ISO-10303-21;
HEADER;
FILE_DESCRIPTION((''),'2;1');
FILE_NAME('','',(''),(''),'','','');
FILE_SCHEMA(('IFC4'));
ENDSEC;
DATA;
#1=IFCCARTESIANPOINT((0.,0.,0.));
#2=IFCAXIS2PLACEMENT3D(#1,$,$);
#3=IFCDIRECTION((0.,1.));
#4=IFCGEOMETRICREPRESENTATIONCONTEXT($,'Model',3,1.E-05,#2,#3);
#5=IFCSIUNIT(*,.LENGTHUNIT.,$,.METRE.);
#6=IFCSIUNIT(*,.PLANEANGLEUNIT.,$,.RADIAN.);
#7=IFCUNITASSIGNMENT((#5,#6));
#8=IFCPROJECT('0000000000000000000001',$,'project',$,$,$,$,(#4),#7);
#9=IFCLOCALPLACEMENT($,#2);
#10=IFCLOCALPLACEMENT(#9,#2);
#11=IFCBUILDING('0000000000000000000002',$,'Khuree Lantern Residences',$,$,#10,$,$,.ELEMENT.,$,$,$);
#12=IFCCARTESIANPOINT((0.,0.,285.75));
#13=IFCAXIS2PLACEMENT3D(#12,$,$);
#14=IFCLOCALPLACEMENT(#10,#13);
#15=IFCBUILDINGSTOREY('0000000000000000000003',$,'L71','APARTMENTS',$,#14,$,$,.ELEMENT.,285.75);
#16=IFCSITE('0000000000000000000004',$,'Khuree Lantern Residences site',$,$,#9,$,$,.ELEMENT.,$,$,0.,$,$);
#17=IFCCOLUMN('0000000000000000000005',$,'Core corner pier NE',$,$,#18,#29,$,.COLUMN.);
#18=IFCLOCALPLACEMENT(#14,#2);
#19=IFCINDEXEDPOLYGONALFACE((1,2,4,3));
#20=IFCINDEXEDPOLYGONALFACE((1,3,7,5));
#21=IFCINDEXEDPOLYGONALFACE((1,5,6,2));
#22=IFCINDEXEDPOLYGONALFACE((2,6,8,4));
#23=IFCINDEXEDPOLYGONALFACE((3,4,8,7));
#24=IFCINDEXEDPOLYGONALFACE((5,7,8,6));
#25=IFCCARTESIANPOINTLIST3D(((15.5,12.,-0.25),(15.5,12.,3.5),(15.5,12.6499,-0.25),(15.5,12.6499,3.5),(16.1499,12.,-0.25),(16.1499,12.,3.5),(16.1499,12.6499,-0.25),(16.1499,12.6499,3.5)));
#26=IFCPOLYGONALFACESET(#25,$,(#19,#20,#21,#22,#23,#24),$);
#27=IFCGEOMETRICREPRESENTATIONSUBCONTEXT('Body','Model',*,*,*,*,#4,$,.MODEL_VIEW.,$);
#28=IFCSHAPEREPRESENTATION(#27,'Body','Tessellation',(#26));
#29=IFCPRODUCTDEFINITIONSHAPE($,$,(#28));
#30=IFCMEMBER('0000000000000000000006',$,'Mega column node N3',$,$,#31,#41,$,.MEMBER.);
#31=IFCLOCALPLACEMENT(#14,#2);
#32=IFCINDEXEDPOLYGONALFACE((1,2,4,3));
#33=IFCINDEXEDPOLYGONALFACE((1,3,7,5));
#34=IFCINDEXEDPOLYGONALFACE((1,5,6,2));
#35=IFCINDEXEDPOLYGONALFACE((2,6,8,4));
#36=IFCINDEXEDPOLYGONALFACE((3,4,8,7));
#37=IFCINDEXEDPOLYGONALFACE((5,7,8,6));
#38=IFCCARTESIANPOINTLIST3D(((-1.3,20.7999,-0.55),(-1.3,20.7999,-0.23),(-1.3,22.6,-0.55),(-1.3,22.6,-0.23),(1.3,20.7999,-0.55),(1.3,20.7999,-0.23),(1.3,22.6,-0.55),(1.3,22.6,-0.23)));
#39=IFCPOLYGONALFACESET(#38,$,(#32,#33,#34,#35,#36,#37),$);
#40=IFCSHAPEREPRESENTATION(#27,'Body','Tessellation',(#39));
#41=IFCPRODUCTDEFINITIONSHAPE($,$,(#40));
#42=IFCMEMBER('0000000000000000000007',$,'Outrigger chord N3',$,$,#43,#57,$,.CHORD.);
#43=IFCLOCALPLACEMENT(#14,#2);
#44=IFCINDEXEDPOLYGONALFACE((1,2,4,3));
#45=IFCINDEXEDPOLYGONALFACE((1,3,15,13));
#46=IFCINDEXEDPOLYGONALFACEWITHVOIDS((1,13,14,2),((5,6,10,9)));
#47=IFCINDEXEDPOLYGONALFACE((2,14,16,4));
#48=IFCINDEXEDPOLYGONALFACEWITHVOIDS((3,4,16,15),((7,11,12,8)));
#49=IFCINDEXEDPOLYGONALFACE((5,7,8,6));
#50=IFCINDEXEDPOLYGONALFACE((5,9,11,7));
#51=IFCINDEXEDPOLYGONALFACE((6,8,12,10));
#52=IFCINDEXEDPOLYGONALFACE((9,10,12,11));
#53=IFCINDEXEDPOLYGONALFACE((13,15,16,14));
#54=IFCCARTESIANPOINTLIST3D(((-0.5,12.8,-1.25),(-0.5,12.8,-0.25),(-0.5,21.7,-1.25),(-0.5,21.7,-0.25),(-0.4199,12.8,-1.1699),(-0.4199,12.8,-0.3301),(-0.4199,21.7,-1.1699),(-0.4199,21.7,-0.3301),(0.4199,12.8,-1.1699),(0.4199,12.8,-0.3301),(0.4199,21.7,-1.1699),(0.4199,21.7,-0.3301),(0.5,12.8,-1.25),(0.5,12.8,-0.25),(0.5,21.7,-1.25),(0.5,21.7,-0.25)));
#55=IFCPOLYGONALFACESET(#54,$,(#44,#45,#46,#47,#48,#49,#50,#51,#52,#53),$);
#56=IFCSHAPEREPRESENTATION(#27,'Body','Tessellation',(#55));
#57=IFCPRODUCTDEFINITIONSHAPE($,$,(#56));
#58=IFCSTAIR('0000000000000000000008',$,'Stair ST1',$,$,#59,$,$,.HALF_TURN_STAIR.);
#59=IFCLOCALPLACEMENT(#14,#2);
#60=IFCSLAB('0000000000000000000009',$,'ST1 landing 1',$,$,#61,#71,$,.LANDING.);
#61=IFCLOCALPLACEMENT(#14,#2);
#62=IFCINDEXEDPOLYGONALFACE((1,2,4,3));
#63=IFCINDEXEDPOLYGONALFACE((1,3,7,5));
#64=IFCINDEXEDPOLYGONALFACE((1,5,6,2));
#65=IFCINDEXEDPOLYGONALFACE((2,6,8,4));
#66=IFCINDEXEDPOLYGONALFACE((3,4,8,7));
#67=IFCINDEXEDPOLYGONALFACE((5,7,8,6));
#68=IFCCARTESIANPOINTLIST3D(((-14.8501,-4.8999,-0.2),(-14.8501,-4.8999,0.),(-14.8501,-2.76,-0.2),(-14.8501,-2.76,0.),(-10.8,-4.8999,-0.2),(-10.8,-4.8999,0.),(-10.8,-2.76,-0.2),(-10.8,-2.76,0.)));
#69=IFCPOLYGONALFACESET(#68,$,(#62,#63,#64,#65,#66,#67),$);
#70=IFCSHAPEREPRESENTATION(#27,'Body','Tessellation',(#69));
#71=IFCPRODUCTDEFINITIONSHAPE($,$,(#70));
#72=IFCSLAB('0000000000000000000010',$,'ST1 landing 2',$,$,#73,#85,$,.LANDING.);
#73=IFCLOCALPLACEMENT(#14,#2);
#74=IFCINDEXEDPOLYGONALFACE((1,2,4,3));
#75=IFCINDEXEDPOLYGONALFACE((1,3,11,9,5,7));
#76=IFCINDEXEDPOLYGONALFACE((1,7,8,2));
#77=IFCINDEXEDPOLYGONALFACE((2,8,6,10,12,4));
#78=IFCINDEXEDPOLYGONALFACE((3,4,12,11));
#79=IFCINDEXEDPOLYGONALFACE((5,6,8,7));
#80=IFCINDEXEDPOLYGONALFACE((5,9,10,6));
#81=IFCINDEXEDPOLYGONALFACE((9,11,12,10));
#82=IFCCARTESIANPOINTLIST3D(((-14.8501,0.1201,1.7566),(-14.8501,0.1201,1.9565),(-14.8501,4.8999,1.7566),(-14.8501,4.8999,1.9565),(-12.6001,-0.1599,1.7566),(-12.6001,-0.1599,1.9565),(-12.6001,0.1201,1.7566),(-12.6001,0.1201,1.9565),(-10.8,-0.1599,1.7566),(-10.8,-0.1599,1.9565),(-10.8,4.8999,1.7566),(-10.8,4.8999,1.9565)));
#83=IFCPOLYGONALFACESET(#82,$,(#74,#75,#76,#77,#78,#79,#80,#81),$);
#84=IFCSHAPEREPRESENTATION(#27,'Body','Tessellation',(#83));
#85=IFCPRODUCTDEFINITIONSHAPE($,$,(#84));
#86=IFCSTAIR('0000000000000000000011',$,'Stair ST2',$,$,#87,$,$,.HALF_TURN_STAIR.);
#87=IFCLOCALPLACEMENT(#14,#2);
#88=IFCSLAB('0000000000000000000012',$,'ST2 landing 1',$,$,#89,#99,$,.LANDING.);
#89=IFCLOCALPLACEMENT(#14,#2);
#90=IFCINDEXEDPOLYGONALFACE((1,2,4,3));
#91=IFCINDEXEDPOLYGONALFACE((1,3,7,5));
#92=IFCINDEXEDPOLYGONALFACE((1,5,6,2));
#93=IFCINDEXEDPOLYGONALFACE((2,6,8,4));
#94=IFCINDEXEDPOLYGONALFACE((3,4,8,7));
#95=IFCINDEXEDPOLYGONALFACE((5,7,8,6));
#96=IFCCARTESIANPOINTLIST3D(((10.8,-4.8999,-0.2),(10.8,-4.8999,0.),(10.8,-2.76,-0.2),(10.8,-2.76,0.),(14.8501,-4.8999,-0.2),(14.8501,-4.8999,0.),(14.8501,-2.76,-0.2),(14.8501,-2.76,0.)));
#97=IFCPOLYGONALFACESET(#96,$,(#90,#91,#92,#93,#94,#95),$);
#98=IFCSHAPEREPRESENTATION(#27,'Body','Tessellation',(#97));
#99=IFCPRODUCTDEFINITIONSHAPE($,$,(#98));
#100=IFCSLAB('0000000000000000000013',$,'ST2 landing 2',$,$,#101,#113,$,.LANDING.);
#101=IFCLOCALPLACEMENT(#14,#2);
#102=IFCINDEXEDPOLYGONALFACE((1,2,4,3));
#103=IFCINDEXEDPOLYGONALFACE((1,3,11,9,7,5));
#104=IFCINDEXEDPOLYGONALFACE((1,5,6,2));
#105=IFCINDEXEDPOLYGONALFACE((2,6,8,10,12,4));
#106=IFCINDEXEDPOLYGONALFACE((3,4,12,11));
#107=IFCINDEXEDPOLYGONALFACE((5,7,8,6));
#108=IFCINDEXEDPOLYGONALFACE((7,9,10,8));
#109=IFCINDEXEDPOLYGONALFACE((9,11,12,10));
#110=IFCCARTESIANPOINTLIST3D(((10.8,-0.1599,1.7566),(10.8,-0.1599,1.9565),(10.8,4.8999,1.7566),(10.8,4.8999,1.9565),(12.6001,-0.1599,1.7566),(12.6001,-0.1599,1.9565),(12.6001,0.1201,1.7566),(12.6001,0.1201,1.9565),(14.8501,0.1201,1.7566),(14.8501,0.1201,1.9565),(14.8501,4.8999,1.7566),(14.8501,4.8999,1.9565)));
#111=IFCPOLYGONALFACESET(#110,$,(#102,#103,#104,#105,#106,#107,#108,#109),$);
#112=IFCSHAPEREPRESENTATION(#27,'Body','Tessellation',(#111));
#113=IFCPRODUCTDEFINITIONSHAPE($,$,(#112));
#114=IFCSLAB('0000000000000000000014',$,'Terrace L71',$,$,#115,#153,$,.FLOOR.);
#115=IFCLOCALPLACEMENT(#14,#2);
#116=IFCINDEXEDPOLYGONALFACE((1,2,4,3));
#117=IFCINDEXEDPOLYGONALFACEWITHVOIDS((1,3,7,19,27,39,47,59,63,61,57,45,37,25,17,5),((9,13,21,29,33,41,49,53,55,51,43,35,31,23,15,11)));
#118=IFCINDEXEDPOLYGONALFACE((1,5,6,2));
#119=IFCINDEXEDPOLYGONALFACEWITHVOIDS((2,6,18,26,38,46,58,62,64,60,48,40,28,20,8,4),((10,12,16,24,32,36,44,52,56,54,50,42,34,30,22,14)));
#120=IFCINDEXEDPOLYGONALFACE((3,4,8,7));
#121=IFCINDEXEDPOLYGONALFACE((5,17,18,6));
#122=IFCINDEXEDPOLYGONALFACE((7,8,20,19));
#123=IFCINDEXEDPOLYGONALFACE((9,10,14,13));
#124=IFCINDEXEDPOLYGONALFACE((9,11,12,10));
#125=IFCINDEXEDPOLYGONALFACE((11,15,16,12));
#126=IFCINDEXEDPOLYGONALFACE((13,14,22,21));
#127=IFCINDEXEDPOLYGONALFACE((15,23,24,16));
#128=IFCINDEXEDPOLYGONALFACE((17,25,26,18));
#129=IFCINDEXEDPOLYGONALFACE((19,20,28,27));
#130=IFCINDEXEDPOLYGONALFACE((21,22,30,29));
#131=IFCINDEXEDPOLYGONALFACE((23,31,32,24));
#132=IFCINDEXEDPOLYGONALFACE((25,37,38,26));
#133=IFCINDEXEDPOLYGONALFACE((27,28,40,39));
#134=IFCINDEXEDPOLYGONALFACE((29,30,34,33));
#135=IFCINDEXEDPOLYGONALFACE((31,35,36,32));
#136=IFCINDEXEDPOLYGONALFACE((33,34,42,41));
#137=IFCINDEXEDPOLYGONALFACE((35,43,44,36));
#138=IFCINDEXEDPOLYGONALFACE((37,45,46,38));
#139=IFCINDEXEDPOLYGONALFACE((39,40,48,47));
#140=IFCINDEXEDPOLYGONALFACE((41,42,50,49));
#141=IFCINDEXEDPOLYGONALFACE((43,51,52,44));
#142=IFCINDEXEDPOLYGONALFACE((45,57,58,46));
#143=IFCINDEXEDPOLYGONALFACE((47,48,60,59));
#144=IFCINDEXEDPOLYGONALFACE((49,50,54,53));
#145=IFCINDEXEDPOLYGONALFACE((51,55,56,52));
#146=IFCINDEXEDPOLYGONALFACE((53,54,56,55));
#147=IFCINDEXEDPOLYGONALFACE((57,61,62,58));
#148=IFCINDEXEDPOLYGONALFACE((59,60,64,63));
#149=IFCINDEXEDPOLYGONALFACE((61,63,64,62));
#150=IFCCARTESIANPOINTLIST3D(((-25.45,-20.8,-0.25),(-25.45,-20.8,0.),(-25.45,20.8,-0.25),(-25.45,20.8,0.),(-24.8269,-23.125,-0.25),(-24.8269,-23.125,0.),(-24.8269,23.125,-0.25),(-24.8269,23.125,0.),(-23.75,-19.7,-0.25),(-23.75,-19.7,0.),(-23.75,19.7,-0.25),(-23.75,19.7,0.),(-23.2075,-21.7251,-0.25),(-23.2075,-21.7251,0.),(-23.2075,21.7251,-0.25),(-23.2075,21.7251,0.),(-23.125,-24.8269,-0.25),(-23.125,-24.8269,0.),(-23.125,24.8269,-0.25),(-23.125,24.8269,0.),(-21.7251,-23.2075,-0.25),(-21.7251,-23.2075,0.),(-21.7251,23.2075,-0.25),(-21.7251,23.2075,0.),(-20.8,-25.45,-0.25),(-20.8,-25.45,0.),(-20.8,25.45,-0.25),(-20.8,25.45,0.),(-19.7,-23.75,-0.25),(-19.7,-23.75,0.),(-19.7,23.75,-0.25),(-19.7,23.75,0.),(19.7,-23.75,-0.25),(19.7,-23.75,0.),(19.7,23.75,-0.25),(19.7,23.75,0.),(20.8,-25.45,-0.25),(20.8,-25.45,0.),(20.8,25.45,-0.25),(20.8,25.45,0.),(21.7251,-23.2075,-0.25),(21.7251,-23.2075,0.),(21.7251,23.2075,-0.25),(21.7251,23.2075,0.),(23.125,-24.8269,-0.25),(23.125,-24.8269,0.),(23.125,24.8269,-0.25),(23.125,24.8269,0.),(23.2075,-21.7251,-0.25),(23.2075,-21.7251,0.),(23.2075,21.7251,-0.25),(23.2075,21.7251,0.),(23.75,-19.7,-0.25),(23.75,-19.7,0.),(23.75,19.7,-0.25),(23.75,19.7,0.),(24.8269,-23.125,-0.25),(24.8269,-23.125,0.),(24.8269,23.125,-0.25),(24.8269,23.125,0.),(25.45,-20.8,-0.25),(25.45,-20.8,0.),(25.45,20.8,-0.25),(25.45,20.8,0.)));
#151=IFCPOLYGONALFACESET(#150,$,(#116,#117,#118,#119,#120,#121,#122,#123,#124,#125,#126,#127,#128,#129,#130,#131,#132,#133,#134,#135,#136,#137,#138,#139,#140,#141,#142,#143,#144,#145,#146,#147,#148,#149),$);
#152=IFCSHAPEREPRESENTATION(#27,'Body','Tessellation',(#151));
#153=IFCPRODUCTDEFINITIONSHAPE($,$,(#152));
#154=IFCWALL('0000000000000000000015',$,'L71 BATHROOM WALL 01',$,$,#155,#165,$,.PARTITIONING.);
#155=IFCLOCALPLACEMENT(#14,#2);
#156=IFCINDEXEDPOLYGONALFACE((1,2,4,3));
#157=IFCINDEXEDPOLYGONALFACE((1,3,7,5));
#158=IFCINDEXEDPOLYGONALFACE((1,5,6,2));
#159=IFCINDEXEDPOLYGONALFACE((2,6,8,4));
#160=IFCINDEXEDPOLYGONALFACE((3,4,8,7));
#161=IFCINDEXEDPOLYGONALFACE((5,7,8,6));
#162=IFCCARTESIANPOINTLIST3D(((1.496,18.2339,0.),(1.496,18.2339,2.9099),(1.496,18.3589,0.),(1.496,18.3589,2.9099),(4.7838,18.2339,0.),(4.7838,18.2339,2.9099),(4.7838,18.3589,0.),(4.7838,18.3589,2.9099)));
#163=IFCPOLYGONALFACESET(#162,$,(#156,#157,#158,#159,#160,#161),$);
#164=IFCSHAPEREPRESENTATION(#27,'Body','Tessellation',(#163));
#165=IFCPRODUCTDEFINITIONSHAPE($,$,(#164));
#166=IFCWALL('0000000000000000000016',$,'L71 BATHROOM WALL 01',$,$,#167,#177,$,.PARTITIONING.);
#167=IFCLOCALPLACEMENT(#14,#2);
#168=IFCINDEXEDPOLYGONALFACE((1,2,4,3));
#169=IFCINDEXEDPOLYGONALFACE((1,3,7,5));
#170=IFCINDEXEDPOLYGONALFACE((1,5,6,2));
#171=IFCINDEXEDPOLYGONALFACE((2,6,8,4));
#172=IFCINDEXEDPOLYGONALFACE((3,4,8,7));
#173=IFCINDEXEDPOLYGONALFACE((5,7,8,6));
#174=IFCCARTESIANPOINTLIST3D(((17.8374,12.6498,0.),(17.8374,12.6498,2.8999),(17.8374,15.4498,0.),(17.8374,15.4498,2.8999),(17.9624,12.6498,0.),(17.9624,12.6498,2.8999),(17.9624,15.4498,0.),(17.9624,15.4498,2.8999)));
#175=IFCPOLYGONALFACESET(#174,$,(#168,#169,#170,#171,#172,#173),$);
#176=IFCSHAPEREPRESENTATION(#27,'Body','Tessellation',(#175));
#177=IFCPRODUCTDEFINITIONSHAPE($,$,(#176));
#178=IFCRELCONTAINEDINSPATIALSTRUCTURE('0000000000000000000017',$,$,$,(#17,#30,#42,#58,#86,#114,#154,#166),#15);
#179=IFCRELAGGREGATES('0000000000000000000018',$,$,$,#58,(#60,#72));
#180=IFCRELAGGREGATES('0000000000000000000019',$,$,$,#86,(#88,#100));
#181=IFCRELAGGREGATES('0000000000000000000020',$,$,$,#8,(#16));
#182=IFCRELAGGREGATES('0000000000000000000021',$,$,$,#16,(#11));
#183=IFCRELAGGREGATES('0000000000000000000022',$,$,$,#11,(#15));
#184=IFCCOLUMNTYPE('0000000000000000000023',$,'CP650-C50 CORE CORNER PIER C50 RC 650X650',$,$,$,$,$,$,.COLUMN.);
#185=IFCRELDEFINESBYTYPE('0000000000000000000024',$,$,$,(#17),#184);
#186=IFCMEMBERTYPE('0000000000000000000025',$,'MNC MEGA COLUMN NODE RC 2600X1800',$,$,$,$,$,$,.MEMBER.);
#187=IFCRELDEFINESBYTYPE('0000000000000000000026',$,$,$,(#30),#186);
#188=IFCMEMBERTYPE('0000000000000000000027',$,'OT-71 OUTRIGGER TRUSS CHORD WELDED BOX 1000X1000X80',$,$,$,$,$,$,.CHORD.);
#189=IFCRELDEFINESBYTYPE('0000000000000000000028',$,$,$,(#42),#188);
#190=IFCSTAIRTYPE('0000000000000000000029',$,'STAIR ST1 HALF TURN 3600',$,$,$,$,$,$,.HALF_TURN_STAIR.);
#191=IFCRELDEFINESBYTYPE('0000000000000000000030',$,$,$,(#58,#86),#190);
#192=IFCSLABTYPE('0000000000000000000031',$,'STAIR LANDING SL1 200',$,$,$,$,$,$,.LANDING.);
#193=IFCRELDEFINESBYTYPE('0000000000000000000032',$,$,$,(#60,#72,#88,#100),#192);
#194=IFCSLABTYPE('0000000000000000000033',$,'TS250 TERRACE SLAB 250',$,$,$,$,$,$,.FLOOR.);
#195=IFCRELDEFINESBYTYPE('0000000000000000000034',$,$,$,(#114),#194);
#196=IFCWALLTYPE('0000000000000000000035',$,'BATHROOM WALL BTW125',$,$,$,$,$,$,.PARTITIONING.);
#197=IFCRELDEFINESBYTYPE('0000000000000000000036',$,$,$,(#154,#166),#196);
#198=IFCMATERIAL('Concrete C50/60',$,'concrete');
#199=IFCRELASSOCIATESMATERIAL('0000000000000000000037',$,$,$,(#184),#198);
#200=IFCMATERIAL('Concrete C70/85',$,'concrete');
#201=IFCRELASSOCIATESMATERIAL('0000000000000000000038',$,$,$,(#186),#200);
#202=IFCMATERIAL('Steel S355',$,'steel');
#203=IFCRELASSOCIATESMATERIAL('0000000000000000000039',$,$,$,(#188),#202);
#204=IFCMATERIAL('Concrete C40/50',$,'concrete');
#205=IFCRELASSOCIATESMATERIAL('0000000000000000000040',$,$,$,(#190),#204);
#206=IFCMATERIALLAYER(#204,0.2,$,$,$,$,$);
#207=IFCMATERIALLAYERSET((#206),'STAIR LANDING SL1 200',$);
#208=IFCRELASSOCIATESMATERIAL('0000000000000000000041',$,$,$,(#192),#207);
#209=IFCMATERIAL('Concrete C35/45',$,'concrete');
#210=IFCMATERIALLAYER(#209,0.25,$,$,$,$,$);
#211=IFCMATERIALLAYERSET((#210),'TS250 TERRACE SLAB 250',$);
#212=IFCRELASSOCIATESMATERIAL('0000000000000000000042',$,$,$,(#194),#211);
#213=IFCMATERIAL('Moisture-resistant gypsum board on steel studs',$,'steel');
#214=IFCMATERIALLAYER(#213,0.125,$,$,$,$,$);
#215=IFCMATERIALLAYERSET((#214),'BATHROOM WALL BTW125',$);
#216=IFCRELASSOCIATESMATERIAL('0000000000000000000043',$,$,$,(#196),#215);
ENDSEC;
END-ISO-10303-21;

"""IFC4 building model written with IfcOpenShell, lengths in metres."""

from ifc_helpers import new_model, si_unit, direction, frame, frame_2d, origin, origin_2d, place, context, subcontext, project, spatial, polyline, rectangle, hollow_rectangle, outline, extrude, material, layer, layer_set, material_profile, profile_set, type_object, element, aggregate, save


model = new_model("IFC4")

# Units and contexts
model_context = context("Model", 3, precision=1e-05, world=origin(), true_north=direction((0.0, 1.0)))
body_context = subcontext(model_context, "Body", "Model", "MODEL_VIEW")
ifc_project = project(units=[si_unit("LENGTHUNIT", "METRE"), si_unit("PLANEANGLEUNIT", "RADIAN")], contexts=[model_context])

# Site, building, storey
site_placement = place(None, origin())
site = spatial("IfcSite", under=ifc_project, at=site_placement, Name="Khuree Lantern Residences site", CompositionType="ELEMENT", RefElevation=0.0)
building_placement = place(site_placement, origin())
building = spatial("IfcBuilding", under=site, at=building_placement, Name="Khuree Lantern Residences", CompositionType="ELEMENT")
storey_placement = place(building_placement, frame((0.0, 0.0, 285.75)))
storey = spatial("IfcBuildingStorey", under=building, at=storey_placement, Name="L71", Description="APARTMENTS", CompositionType="ELEMENT", Elevation=285.75)

# Column
ifc_material_1 = material(Name="Concrete C50/60", Category="concrete")
ifc_material_profile_1 = material_profile(ifc_material_1, rectangle(XDim=0.6499, YDim=0.6499, at=origin_2d()), Name="RC 650X650")
ifc_profile_set_1 = profile_set([ifc_material_profile_1], Name="Concrete C50/60")
column_type = type_object("IfcColumnType", Name="CP650-C50 CORE CORNER PIER C50 RC 650X650", PredefinedType="COLUMN", material=ifc_profile_set_1)
column_placement = place(storey_placement, frame((15.825, 12.325, -0.25), z_axis=(0.0, 0.0, 1.0), x_axis=(1.0, 0.0, 0.0)))
element("IfcColumn", 1, at=column_placement, inside=storey, type_object=column_type, Name="Core corner pier NE", PredefinedType="COLUMN", context=body_context, shape_type="SweptSolid", body=[
    extrude(rectangle(XDim=0.6499, YDim=0.6499, at=origin_2d()), origin(), (0.0, 0.0, 1.0), 3.75),
])

# Members
ifc_material_2 = material(Name="Concrete C70/85", Category="concrete")
ifc_material_profile_2 = material_profile(ifc_material_2, rectangle(XDim=2.6001, YDim=1.8, at=origin_2d()), Name="RC 2600X1800")
ifc_profile_set_2 = profile_set([ifc_material_profile_2], Name="Concrete C70/85")
member_type_1 = type_object("IfcMemberType", Name="MNC MEGA COLUMN NODE RC 2600X1800", PredefinedType="MEMBER", material=ifc_profile_set_2)
member_1_placement = place(storey_placement, frame((0.0, 21.7, -0.55), z_axis=(0.0, 0.0, 1.0), x_axis=(1.0, 0.0, 0.0)))
element("IfcMember", 2, at=member_1_placement, inside=storey, type_object=member_type_1, Name="Mega column node N3", PredefinedType="MEMBER", context=body_context, shape_type="SweptSolid", body=[
    extrude(rectangle(XDim=2.6001, YDim=1.8, at=origin_2d()), origin(), (0.0, 0.0, 1.0), 0.3201),
])
ifc_material_3 = material(Name="Steel S355", Category="steel")
ifc_material_profile_3 = material_profile(ifc_material_3, hollow_rectangle(XDim=1.0, YDim=1.0, WallThickness=0.0801, at=origin_2d()), Name="WELDED BOX 1000X1000X80")
ifc_profile_set_3 = profile_set([ifc_material_profile_3], Name="Steel S355")
member_type_2 = type_object("IfcMemberType", Name="OT-71 OUTRIGGER TRUSS CHORD WELDED BOX 1000X1000X80", PredefinedType="CHORD", material=ifc_profile_set_3)
member_2_placement = place(storey_placement, frame((0.0, 21.7, -0.75), z_axis=(0.0, -1.0, 0.0), x_axis=(1.0, 0.0, 0.0)))
element("IfcMember", 3, at=member_2_placement, inside=storey, type_object=member_type_2, Name="Outrigger chord N3", PredefinedType="CHORD", context=body_context, shape_type="SweptSolid", body=[
    extrude(hollow_rectangle(XDim=1.0, YDim=1.0, WallThickness=0.0801, at=origin_2d()), origin(), (0.0, 0.0, 1.0), 8.8999),
])

# Stairs, slabs
ifc_material_4 = material(Name="Concrete C40/50", Category="concrete")
stair_type = type_object("IfcStairType", Name="STAIR ST1 HALF TURN 3600", PredefinedType="HALF_TURN_STAIR", material=ifc_material_4)
stair_1_placement = place(storey_placement, origin())
stair_1 = element("IfcStair", 4, at=stair_1_placement, inside=storey, type_object=stair_type, Name="Stair ST1", PredefinedType="HALF_TURN_STAIR")
ifc_layer_1 = layer(ifc_material_4, 0.2)
ifc_layer_set_1 = layer_set([ifc_layer_1], Name="STAIR LANDING SL1 200")
slab_type_1 = type_object("IfcSlabType", Name="STAIR LANDING SL1 200", PredefinedType="LANDING", material=ifc_layer_set_1)
slab_1_placement = place(storey_placement, frame((0.0, 0.0, -0.2)))
slab_1 = element("IfcSlab", 5, at=slab_1_placement, type_object=slab_type_1, Name="ST1 landing 1", PredefinedType="LANDING", context=body_context, shape_type="SweptSolid", body=[
    extrude(outline(polyline([(-14.8501, -4.8999), (-10.8, -4.8999), (-10.8, -2.76), (-14.8501, -2.76), (-14.8501, -4.8999)])), origin(), (0.0, 0.0, 1.0), 0.2),
])
slab_2_placement = place(storey_placement, frame((0.0, 0.0, 1.7566)))
slab_2 = element("IfcSlab", 6, at=slab_2_placement, type_object=slab_type_1, Name="ST1 landing 2", PredefinedType="LANDING", context=body_context, shape_type="SweptSolid", body=[
    extrude(outline(polyline([(-14.8501, 0.1201), (-14.8501, 4.8999), (-10.8, 4.8999), (-10.8, -0.1599), (-12.6001, -0.1599), (-12.6001, 0.1201), (-14.8501, 0.1201)])), origin(), (0.0, 0.0, 1.0), 0.2),
])
aggregate(stair_1, [slab_1, slab_2])
stair_2_placement = place(storey_placement, origin())
stair_2 = element("IfcStair", 7, at=stair_2_placement, inside=storey, type_object=stair_type, Name="Stair ST2", PredefinedType="HALF_TURN_STAIR")
slab_3_placement = place(storey_placement, frame((0.0, 0.0, -0.2)))
slab_3 = element("IfcSlab", 8, at=slab_3_placement, type_object=slab_type_1, Name="ST2 landing 1", PredefinedType="LANDING", context=body_context, shape_type="SweptSolid", body=[
    extrude(outline(polyline([(10.8, -4.8999), (14.8501, -4.8999), (14.8501, -2.76), (10.8, -2.76), (10.8, -4.8999)])), origin(), (0.0, 0.0, 1.0), 0.2),
])
slab_4_placement = place(storey_placement, frame((0.0, 0.0, 1.7566)))
slab_4 = element("IfcSlab", 9, at=slab_4_placement, type_object=slab_type_1, Name="ST2 landing 2", PredefinedType="LANDING", context=body_context, shape_type="SweptSolid", body=[
    extrude(outline(polyline([(14.8501, 4.8999), (14.8501, 0.1201), (12.6001, 0.1201), (12.6001, -0.1599), (10.8, -0.1599), (10.8, 4.8999), (14.8501, 4.8999)])), origin(), (0.0, 0.0, 1.0), 0.2),
])
aggregate(stair_2, [slab_3, slab_4])

# Slab
ifc_material_5 = material(Name="Concrete C35/45", Category="concrete")
ifc_layer_2 = layer(ifc_material_5, 0.25)
ifc_layer_set_2 = layer_set([ifc_layer_2], Name="TS250 TERRACE SLAB 250")
slab_type_2 = type_object("IfcSlabType", Name="TS250 TERRACE SLAB 250", PredefinedType="FLOOR", material=ifc_layer_set_2)
slab_5_placement = place(storey_placement, frame((0.0, 0.0, -0.25)))
element("IfcSlab", 10, at=slab_5_placement, inside=storey, type_object=slab_type_2, Name="Terrace L71", PredefinedType="FLOOR", context=body_context, shape_type="SweptSolid", body=[
    extrude(outline(polyline([(-23.125, -24.8269), (-24.8269, -23.125), (-25.45, -20.8), (-25.45, 20.8), (-24.8269, 23.125), (-23.125, 24.8269), (-20.8, 25.45), (20.8, 25.45), (23.125, 24.8269), (24.8269, 23.125), (25.45, 20.8), (25.45, -20.8), (24.8269, -23.125), (23.125, -24.8269), (20.8, -25.45), (-20.8, -25.45), (-23.125, -24.8269)]), holes=[polyline([(23.2075, -21.7251), (23.75, -19.7), (23.75, 19.7), (23.2075, 21.7251), (21.7251, 23.2075), (19.7, 23.75), (-19.7, 23.75), (-21.7251, 23.2075), (-23.2075, 21.7251), (-23.75, 19.7), (-23.75, -19.7), (-23.2075, -21.7251), (-21.7251, -23.2075), (-19.7, -23.75), (19.7, -23.75), (21.7251, -23.2075), (23.2075, -21.7251)])]), origin(), (0.0, 0.0, 1.0), 0.25),
])

# Walls
ifc_material_6 = material(Name="Moisture-resistant gypsum board on steel studs", Category="steel")
ifc_layer_3 = layer(ifc_material_6, 0.125)
ifc_layer_set_3 = layer_set([ifc_layer_3], Name="BATHROOM WALL BTW125")
wall_type_1 = type_object("IfcWallType", Name="BATHROOM WALL BTW125", PredefinedType="PARTITIONING", material=ifc_layer_set_3)
wall_1_placement = place(storey_placement, frame((4.7839, 18.2964, 0.0), z_axis=(0.0, 0.0, 1.0), x_axis=(-1.0, 0.0, 0.0)))
element("IfcWall", 11, at=wall_1_placement, inside=storey, type_object=wall_type_1, Name="L71 BATHROOM WALL 01", PredefinedType="PARTITIONING", context=body_context, shape_type="SweptSolid", body=[
    extrude(rectangle(XDim=3.2878, YDim=0.125, at=frame_2d((1.644, 0.0))), origin(), (0.0, 0.0, 1.0), 2.9099),
])
wall_2_placement = place(storey_placement, frame((17.8999, 12.6499, 0.0), z_axis=(0.0, 0.0, 1.0), x_axis=(0.0, 1.0, 0.0)))
element("IfcWall", 12, at=wall_2_placement, inside=storey, type_object=wall_type_1, Name="L71 BATHROOM WALL 01", PredefinedType="PARTITIONING", context=body_context, shape_type="SweptSolid", body=[
    extrude(rectangle(XDim=2.8, YDim=0.125, at=frame_2d((1.3999, 0.0))), origin(), (0.0, 0.0, 1.0), 2.8999),
])

save(model, "model.ifc")
